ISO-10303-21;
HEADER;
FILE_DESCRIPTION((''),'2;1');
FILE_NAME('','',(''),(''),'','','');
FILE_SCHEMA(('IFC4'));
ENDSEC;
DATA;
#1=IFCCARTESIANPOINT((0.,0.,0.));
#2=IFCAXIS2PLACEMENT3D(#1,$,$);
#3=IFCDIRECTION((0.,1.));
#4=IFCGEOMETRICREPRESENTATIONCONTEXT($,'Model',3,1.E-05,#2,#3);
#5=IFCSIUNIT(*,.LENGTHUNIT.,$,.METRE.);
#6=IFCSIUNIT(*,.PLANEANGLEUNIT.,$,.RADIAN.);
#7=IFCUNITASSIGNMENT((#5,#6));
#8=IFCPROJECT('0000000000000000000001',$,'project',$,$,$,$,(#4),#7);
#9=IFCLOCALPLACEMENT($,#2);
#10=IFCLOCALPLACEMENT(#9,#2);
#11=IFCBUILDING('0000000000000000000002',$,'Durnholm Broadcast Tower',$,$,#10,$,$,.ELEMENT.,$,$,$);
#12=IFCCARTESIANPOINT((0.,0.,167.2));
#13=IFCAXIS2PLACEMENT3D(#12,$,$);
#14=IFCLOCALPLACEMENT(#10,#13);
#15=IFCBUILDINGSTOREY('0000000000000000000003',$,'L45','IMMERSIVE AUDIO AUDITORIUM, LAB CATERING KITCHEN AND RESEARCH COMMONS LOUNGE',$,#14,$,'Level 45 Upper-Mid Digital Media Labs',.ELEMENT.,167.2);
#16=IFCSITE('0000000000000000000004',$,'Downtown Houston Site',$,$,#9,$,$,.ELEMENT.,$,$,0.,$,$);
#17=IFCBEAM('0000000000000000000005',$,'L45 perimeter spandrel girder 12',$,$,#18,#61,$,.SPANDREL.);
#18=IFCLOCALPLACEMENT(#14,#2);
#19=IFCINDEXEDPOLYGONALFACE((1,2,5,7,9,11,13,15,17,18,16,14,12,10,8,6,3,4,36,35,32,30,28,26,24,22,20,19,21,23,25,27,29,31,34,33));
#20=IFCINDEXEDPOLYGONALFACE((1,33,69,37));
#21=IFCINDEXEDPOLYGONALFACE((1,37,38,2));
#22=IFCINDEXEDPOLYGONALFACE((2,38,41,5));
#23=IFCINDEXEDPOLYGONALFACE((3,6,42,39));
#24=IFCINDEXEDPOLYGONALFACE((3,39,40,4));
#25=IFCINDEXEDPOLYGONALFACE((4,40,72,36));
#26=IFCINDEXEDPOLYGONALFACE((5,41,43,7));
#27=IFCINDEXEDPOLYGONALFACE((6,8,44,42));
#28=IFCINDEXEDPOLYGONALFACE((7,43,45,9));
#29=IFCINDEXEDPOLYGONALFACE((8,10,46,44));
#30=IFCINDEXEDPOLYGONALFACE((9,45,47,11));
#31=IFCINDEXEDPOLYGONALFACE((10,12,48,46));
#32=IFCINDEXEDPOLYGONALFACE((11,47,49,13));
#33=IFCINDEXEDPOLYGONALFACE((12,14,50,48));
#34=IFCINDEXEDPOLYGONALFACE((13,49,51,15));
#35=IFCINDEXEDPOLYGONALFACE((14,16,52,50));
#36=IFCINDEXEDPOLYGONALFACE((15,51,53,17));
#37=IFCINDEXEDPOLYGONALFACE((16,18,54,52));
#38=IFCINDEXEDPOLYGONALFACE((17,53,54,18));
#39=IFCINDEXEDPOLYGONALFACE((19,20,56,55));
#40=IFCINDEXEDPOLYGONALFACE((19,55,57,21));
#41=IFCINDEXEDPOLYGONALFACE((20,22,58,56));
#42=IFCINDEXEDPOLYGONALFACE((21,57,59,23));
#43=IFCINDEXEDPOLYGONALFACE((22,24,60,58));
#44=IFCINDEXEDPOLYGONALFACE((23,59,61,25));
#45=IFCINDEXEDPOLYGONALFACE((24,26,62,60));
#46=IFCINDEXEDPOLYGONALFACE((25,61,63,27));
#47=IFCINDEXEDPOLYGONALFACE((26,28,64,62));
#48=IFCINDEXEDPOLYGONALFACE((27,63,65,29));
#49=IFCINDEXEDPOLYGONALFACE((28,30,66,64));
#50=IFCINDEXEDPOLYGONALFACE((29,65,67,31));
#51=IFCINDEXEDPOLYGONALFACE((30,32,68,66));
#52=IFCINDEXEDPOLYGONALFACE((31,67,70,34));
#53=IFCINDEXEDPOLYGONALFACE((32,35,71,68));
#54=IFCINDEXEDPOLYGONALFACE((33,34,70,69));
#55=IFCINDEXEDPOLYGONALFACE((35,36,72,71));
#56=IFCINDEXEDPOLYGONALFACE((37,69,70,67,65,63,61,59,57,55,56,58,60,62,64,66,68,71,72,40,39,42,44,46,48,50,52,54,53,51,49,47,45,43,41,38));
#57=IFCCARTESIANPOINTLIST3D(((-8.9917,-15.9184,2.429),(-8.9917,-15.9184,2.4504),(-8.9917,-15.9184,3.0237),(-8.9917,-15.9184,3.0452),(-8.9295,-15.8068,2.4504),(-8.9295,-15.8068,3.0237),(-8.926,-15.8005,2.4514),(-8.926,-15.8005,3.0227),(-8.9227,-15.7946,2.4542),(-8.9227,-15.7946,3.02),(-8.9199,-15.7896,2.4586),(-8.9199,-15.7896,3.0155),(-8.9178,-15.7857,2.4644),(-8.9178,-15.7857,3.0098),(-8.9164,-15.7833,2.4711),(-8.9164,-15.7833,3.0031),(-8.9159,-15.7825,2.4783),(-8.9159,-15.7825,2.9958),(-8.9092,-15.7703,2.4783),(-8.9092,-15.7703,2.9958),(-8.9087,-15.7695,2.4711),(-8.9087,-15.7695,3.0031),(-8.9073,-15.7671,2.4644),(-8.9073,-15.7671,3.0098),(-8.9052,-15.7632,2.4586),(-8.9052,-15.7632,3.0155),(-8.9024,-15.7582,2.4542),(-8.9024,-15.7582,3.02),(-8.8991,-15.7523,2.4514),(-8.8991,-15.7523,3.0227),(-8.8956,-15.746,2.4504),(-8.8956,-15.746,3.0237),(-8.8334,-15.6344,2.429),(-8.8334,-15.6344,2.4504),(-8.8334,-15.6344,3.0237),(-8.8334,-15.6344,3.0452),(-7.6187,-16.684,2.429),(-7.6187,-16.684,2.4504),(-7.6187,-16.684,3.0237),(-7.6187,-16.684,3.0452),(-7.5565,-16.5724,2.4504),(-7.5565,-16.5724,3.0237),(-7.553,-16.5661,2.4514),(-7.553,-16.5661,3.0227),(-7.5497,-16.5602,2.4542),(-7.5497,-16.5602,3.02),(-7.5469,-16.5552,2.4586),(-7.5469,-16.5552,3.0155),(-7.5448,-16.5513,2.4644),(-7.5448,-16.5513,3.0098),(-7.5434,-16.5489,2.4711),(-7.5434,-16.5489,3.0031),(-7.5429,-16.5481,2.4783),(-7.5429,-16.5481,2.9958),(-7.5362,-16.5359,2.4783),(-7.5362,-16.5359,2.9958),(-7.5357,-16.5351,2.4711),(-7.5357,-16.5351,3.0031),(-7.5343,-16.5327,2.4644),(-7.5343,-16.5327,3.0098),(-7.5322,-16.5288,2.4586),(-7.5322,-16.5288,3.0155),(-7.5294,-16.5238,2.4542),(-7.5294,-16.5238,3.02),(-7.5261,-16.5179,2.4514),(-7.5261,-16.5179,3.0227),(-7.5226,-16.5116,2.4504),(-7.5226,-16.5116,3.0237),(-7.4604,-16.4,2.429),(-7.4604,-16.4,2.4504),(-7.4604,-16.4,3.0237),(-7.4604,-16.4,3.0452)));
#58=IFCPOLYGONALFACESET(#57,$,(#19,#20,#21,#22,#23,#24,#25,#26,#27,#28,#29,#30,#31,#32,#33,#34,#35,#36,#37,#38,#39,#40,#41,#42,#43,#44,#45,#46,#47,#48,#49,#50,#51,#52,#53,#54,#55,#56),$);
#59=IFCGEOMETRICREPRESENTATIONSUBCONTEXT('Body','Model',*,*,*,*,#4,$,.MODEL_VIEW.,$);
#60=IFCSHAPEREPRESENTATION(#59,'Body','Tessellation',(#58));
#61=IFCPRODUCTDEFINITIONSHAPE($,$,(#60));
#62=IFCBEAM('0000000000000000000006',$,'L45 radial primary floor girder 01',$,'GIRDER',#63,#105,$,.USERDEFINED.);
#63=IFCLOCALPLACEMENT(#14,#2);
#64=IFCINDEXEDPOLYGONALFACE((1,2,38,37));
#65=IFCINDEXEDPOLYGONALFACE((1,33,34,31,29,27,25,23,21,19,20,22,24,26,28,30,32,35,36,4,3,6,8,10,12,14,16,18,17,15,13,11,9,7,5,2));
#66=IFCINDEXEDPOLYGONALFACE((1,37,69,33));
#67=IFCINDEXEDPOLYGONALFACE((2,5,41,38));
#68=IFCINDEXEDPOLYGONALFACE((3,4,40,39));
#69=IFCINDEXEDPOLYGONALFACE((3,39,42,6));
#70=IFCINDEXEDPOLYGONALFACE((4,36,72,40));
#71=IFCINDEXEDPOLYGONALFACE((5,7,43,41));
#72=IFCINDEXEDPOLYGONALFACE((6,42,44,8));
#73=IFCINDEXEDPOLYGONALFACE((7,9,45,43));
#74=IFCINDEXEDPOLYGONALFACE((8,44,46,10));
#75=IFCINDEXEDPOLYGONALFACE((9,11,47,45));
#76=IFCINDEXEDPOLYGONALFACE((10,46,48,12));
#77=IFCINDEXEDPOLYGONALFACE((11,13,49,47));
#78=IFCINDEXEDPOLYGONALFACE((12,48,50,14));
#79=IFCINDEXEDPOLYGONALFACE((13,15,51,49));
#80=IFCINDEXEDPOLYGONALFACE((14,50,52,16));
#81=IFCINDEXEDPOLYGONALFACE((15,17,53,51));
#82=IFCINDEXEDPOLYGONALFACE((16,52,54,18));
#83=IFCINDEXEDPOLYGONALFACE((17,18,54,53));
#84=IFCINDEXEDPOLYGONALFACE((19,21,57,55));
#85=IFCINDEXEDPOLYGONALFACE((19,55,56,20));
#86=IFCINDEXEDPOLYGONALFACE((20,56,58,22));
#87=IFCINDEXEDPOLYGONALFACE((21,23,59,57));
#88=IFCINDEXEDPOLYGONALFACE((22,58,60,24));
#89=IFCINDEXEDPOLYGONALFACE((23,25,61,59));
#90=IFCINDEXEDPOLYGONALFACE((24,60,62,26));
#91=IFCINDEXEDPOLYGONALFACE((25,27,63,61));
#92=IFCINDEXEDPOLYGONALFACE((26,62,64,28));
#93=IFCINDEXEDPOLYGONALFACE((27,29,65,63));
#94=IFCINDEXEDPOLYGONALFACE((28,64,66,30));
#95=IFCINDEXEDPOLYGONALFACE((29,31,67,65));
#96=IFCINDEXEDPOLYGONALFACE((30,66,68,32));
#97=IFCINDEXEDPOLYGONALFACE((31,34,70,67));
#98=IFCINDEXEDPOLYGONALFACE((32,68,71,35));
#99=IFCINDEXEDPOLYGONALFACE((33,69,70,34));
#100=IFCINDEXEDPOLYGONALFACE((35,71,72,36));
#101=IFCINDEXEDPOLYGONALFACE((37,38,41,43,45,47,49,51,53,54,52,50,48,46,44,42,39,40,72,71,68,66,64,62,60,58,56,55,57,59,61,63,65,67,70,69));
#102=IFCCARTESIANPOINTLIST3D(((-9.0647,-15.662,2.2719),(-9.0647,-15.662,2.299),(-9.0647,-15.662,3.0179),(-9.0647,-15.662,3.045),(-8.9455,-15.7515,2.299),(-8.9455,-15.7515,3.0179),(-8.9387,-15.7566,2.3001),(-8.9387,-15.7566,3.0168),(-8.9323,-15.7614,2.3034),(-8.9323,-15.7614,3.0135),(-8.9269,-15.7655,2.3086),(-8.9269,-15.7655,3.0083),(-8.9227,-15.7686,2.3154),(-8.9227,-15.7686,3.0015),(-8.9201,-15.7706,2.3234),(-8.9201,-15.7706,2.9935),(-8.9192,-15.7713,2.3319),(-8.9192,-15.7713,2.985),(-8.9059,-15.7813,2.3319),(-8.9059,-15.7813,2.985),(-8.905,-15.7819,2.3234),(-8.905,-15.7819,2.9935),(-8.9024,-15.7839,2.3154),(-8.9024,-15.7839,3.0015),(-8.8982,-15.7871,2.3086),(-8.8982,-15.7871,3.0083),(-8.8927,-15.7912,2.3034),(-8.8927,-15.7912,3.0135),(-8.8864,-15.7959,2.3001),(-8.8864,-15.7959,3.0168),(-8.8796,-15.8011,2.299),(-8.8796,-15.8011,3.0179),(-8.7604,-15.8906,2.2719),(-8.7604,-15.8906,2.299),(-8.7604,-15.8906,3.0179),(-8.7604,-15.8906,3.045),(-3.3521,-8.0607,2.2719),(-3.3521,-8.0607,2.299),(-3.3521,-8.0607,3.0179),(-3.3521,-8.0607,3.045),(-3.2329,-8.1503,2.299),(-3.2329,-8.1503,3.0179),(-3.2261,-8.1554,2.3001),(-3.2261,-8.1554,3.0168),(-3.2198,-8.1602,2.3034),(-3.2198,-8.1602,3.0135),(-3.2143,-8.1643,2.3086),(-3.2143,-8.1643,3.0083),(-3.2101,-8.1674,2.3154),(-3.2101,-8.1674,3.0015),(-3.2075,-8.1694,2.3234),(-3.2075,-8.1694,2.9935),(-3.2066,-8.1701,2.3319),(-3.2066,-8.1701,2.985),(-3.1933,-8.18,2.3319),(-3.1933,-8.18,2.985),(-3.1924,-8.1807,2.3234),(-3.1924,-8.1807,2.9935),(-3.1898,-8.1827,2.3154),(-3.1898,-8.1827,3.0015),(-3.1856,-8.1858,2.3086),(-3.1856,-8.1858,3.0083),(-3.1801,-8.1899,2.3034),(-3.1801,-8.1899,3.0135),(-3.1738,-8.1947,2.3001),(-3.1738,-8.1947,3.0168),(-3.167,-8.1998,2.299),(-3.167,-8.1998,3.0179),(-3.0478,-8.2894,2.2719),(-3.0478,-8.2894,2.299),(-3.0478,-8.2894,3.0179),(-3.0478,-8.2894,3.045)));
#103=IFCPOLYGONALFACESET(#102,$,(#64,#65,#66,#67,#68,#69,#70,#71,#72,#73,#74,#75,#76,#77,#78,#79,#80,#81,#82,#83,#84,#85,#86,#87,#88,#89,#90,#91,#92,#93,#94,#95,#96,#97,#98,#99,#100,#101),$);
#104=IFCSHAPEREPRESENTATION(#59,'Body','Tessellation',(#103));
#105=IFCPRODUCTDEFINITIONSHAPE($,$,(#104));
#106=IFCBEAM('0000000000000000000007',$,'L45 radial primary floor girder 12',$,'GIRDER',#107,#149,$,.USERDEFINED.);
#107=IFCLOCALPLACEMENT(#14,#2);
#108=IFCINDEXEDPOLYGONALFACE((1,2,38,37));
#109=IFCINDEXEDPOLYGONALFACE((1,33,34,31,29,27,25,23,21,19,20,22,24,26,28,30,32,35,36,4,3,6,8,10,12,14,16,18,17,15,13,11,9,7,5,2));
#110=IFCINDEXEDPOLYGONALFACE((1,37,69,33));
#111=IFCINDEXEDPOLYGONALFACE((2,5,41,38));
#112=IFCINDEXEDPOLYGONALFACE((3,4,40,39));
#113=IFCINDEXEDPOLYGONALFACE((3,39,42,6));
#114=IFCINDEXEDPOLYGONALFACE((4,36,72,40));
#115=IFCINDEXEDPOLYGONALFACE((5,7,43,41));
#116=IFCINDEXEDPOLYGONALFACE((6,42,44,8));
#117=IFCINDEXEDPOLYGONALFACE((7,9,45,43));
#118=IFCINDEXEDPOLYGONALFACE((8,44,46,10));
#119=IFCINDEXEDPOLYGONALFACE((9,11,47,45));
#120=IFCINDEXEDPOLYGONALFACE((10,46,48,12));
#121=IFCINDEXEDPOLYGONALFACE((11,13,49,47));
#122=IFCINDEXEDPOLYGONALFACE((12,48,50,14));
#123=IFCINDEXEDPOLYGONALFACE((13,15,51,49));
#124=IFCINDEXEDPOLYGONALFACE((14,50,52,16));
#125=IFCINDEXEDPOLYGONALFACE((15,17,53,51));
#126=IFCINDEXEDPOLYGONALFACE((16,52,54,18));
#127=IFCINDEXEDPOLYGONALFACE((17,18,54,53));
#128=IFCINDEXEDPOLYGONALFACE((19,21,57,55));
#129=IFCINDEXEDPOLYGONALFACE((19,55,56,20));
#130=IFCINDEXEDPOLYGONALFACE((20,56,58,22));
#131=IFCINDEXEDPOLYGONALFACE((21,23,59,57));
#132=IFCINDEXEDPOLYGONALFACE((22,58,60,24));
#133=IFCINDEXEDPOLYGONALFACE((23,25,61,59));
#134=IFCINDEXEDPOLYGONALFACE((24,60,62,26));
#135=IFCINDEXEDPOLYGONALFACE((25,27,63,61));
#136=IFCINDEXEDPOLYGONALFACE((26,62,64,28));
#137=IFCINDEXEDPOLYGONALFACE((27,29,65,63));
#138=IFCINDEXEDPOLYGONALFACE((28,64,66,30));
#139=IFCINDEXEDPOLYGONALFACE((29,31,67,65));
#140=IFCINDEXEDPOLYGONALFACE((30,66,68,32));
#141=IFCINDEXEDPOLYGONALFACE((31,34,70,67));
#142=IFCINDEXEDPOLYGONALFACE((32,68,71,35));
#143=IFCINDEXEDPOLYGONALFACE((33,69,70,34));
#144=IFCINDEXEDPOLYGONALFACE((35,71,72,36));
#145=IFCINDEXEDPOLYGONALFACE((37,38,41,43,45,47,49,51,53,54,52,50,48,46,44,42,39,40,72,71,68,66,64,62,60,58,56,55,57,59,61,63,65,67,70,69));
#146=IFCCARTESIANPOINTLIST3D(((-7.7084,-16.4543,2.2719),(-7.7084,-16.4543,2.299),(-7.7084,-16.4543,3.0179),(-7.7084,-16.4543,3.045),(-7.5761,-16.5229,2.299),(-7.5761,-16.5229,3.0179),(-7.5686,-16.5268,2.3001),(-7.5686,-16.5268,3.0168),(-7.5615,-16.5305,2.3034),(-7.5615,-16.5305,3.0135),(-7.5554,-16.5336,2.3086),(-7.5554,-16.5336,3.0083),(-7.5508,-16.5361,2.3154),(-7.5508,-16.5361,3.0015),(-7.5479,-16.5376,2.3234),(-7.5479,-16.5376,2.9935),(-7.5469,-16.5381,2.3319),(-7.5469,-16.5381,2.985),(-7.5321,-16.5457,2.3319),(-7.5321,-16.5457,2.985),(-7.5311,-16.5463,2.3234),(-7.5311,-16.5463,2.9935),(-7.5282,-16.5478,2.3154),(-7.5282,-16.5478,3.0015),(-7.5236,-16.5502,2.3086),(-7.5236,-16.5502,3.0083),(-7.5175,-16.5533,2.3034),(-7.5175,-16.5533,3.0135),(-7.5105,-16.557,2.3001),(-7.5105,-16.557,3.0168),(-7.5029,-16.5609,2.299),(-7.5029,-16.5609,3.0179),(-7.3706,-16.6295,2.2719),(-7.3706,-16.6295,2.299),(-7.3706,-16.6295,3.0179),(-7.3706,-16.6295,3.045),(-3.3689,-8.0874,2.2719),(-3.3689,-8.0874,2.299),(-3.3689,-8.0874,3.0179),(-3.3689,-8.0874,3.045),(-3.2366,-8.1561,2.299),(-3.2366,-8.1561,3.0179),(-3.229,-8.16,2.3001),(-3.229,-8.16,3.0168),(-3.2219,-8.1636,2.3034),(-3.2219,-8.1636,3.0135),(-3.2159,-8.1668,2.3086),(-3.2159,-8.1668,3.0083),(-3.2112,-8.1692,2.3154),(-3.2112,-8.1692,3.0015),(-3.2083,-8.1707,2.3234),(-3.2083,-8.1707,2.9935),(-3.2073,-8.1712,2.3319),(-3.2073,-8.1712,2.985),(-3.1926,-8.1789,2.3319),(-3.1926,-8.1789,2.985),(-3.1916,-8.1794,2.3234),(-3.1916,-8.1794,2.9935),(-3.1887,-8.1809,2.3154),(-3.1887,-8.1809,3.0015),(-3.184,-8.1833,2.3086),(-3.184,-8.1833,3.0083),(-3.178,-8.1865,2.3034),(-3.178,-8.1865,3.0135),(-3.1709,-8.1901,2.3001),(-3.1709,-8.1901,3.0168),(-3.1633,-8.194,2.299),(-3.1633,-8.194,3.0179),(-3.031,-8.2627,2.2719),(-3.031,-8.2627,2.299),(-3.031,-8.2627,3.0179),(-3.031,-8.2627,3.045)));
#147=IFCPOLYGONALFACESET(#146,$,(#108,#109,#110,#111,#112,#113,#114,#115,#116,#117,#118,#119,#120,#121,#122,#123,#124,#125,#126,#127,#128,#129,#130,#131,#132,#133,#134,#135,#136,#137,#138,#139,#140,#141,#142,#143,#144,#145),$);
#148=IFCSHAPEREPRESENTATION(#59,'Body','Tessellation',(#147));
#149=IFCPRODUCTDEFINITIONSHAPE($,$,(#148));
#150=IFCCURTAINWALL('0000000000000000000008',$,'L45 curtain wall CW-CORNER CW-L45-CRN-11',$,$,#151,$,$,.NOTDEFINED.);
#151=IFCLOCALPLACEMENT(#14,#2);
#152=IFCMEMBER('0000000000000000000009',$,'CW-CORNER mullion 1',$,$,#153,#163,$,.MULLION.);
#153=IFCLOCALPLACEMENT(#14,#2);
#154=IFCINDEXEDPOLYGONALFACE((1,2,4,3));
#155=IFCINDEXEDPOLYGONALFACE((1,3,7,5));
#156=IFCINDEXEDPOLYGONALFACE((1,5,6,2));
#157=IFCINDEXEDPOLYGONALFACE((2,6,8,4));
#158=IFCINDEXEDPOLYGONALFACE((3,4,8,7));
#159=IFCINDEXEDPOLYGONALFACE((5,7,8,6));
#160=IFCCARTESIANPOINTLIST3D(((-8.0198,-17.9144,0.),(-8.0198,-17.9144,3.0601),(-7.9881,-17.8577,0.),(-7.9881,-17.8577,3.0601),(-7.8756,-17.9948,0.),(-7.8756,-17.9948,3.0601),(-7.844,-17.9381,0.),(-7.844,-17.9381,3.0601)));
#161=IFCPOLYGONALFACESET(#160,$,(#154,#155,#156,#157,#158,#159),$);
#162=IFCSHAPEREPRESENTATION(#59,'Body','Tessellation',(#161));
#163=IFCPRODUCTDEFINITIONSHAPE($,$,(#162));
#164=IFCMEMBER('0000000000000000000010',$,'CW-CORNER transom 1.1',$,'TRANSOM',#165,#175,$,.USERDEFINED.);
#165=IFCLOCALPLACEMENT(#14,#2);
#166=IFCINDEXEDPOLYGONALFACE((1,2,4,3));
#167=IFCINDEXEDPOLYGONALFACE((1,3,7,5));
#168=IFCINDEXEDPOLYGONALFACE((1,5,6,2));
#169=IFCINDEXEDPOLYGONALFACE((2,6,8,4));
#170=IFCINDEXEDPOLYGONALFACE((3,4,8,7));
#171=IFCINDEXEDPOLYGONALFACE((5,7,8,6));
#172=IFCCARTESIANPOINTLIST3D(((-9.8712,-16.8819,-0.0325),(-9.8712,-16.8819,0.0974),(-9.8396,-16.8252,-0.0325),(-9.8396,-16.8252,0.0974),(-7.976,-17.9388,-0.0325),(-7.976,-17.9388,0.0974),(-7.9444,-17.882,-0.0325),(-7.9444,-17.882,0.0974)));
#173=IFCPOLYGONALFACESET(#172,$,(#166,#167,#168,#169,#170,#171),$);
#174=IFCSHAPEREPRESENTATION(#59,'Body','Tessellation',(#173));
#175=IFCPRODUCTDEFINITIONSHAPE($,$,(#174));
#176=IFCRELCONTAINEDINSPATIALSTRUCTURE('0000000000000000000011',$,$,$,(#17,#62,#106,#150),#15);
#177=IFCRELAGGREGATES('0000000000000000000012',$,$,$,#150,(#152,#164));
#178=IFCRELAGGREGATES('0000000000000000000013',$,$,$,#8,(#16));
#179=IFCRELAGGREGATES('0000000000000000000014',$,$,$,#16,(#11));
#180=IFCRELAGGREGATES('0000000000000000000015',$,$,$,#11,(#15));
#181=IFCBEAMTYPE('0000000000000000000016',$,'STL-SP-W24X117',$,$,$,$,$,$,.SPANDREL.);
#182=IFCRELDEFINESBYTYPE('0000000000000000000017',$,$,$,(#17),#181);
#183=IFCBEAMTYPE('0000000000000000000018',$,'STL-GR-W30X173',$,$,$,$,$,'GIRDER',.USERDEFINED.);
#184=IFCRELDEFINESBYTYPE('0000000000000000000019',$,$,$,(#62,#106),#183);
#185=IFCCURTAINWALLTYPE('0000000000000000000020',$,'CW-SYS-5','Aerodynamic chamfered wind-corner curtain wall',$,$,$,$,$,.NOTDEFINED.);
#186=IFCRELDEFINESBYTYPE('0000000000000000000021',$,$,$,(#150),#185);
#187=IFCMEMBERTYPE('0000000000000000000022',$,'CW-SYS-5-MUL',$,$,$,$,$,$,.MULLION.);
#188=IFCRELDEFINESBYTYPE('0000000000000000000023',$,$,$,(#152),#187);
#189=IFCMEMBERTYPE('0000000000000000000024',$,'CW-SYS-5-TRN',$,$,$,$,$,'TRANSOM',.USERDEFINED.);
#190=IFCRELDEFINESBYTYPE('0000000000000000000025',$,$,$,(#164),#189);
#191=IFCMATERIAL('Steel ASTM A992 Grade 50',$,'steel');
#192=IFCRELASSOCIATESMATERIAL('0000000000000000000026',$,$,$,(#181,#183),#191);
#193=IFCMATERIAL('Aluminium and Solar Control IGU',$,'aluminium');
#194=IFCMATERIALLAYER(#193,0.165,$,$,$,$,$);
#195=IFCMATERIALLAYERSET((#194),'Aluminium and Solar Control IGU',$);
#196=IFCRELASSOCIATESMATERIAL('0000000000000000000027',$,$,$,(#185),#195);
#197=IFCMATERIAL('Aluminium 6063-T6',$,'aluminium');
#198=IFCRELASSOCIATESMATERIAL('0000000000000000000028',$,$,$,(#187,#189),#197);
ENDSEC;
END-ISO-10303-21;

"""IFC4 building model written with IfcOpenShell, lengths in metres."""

from ifc_helpers import new_model, si_unit, direction, frame, origin, origin_2d, place, context, subcontext, project, spatial, rectangle, i_section, extrude, source, transform, mapped, material, layer, layer_set, material_profile, profile_set, type_object, type_shapes, element, aggregate, save


model = new_model("IFC4")

# Units and contexts
model_context = context("Model", 3, precision=1e-05, world=origin(), true_north=direction((0.0, 1.0)))
body_context = subcontext(model_context, "Body", "Model", "MODEL_VIEW")
ifc_project = project(units=[si_unit("LENGTHUNIT", "METRE"), si_unit("PLANEANGLEUNIT", "RADIAN")], contexts=[model_context])

# Site, building, storey
site_placement = place(None, origin())
site = spatial("IfcSite", under=ifc_project, at=site_placement, Name="Downtown Houston Site", CompositionType="ELEMENT", RefElevation=0.0)
building_placement = place(site_placement, origin())
building = spatial("IfcBuilding", under=site, at=building_placement, Name="Durnholm Broadcast Tower", CompositionType="ELEMENT")
storey_placement = place(building_placement, frame((0.0, 0.0, 167.2)))
storey = spatial("IfcBuildingStorey", under=building, at=storey_placement, Name="L45", Description="IMMERSIVE AUDIO AUDITORIUM, LAB CATERING KITCHEN AND RESEARCH COMMONS LOUNGE", LongName="Level 45 Upper-Mid Digital Media Labs", CompositionType="ELEMENT", Elevation=167.2)

# Beams
ifc_material_1 = material(Name="Steel ASTM A992 Grade 50", Category="steel")
ifc_material_profile_1 = material_profile(ifc_material_1, i_section(OverallWidth=0.3252, OverallDepth=0.6162, WebThickness=0.0139, FlangeThickness=0.0215, FilletRadius=0.0278, at=origin_2d()), Name="W24X117")
ifc_profile_set_1 = profile_set([ifc_material_profile_1], Name="Steel ASTM A992 Grade 50")
beam_type_1 = type_object("IfcBeamType", Name="STL-SP-W24X117", PredefinedType="SPANDREL", material=ifc_profile_set_1)
shared_shape_1 = source(origin(), body_context, "Body", "SweptSolid", [
    extrude(i_section(OverallWidth=0.3252, OverallDepth=0.6162, WebThickness=0.0139, FlangeThickness=0.0215, FilletRadius=0.0278, at=origin_2d()), origin(), (0.0, 0.0, 1.0), 1.572),
])
beam_1_placement = place(storey_placement, frame((-7.5396, -16.542, 2.7371), z_axis=(-0.873394, 0.487014, 0.0), x_axis=(-0.487014, -0.873394, 0.0)))
element("IfcBeam", 1, at=beam_1_placement, inside=storey, type_object=beam_type_1, Name="L45 perimeter spandrel girder 12", PredefinedType="SPANDREL", context=body_context, shape_type="MappedRepresentation", body=[
    mapped(shared_shape_1, transform((0.0, 0.0, 0.0), x_axis=(1.0, 0.0, 0.0), y_axis=(0.0, 1.0, 0.0), z_axis=(0.0, 0.0, 1.0), scale=1.0)),
])
ifc_material_profile_2 = material_profile(ifc_material_1, i_section(OverallWidth=0.3806, OverallDepth=0.7732, WebThickness=0.0166, FlangeThickness=0.0271, FilletRadius=0.033, at=origin_2d()), Name="W30X173")
ifc_profile_set_2 = profile_set([ifc_material_profile_2], Name="Steel ASTM A992 Grade 50")
beam_type_2 = type_object("IfcBeamType", Name="STL-GR-W30X173", ElementType="GIRDER", PredefinedType="USERDEFINED", material=ifc_profile_set_2)
shared_shape_2 = source(origin(), body_context, "Body", "SweptSolid", [
    extrude(i_section(OverallWidth=0.3806, OverallDepth=0.7732, WebThickness=0.0166, FlangeThickness=0.0271, FilletRadius=0.033, at=origin_2d()), origin(), (0.0, 0.0, 1.0), 9.5085),
])
beam_2_placement = place(storey_placement, frame((-3.2, -8.175, 2.6584), z_axis=(-0.600784, -0.799411, 0.0), x_axis=(0.799411, -0.600784, 0.0)))
element("IfcBeam", 2, at=beam_2_placement, inside=storey, type_object=beam_type_2, Name="L45 radial primary floor girder 01", ObjectType="GIRDER", PredefinedType="USERDEFINED", context=body_context, shape_type="MappedRepresentation", body=[
    mapped(shared_shape_2, transform((0.0, 0.0, 0.0), x_axis=(1.0, 0.0, 0.0), y_axis=(0.0, 1.0, 0.0), z_axis=(0.0, 0.0, 1.0), scale=1.0)),
])
shared_shape_3 = source(origin(), body_context, "Body", "SweptSolid", [
    extrude(i_section(OverallWidth=0.3806, OverallDepth=0.7732, WebThickness=0.0166, FlangeThickness=0.0271, FilletRadius=0.033, at=origin_2d()), origin(), (0.0, 0.0, 1.0), 9.4253),
])
type_shapes(beam_type_2, [shared_shape_2, shared_shape_3])
beam_3_placement = place(storey_placement, frame((-3.2, -8.175, 2.6584), z_axis=(-0.460416, -0.887703, 0.0), x_axis=(0.887703, -0.460416, 0.0)))
element("IfcBeam", 3, at=beam_3_placement, inside=storey, type_object=beam_type_2, Name="L45 radial primary floor girder 12", ObjectType="GIRDER", PredefinedType="USERDEFINED", context=body_context, shape_type="MappedRepresentation", body=[
    mapped(shared_shape_3, transform((0.0, 0.0, 0.0), x_axis=(1.0, 0.0, 0.0), y_axis=(0.0, 1.0, 0.0), z_axis=(0.0, 0.0, 1.0), scale=1.0)),
])

# Curtain wall, members
ifc_material_2 = material(Name="Aluminium and Solar Control IGU", Category="aluminium")
ifc_layer_1 = layer(ifc_material_2, 0.165)
ifc_layer_set_1 = layer_set([ifc_layer_1], Name="Aluminium and Solar Control IGU")
curtain_wall_type_1 = type_object("IfcCurtainWallType", Name="CW-SYS-5", Description="Aerodynamic chamfered wind-corner curtain wall", PredefinedType="NOTDEFINED", material=ifc_layer_set_1)
curtain_wall_1_placement = place(storey_placement, origin())
curtain_wall_1 = element("IfcCurtainWall", 4, at=curtain_wall_1_placement, inside=storey, type_object=curtain_wall_type_1, Name="L45 curtain wall CW-CORNER CW-L45-CRN-11", PredefinedType="NOTDEFINED")
ifc_material_3 = material(Name="Aluminium 6063-T6", Category="aluminium")
ifc_material_profile_3 = material_profile(ifc_material_3, rectangle(XDim=0.0649, YDim=0.165, at=origin_2d()), Name="CWM65X165")
ifc_profile_set_3 = profile_set([ifc_material_profile_3], Name="Aluminium 6063-T6")
member_type_1 = type_object("IfcMemberType", Name="CW-SYS-5-MUL", PredefinedType="MULLION", material=ifc_profile_set_3)
shared_shape_4 = source(origin(), body_context, "Body", "SweptSolid", [
    extrude(rectangle(XDim=0.0649, YDim=0.165, at=origin_2d()), origin(), (0.0, 0.0, 1.0), 3.0601),
])
type_shapes(member_type_1, [shared_shape_4])
member_1_placement = place(storey_placement, frame((-7.9319, -17.9263, 0.0), z_axis=(0.0, 0.0, 1.0), x_axis=(-0.486986, -0.87341, 0.0)))
member_1 = element("IfcMember", 5, at=member_1_placement, type_object=member_type_1, Name="CW-CORNER mullion 1", PredefinedType="MULLION", context=body_context, shape_type="MappedRepresentation", body=[
    mapped(shared_shape_4, transform((0.0, 0.0, 0.0), x_axis=(1.0, 0.0, 0.0), y_axis=(0.0, 1.0, 0.0), z_axis=(0.0, 0.0, 1.0), scale=1.0)),
])
ifc_material_profile_4 = material_profile(ifc_material_3, rectangle(XDim=0.0649, YDim=0.1299, at=origin_2d()), Name="CWT65X130")
ifc_profile_set_4 = profile_set([ifc_material_profile_4], Name="Aluminium 6063-T6")
member_type_2 = type_object("IfcMemberType", Name="CW-SYS-5-TRN", ElementType="TRANSOM", PredefinedType="USERDEFINED", material=ifc_profile_set_4)
shared_shape_5 = source(origin(), body_context, "Body", "SweptSolid", [
    extrude(rectangle(XDim=0.0649, YDim=0.1299, at=origin_2d()), origin(), (0.0, 0.0, 1.0), 2.1699),
])
type_shapes(member_type_2, [shared_shape_5])
member_2_placement = place(storey_placement, frame((-7.9602, -17.9104, 0.0325), z_axis=(-0.873381, 0.487037, 0.0), x_axis=(-0.487037, -0.873381, 0.0)))
member_2 = element("IfcMember", 6, at=member_2_placement, type_object=member_type_2, Name="CW-CORNER transom 1.1", ObjectType="TRANSOM", PredefinedType="USERDEFINED", context=body_context, shape_type="MappedRepresentation", body=[
    mapped(shared_shape_5, transform((0.0, 0.0, 0.0), x_axis=(1.0, 0.0, 0.0), y_axis=(0.0, 1.0, 0.0), z_axis=(0.0, 0.0, 1.0), scale=1.0)),
])

aggregate(curtain_wall_1, [member_1, member_2])

save(model, "model.ifc")
